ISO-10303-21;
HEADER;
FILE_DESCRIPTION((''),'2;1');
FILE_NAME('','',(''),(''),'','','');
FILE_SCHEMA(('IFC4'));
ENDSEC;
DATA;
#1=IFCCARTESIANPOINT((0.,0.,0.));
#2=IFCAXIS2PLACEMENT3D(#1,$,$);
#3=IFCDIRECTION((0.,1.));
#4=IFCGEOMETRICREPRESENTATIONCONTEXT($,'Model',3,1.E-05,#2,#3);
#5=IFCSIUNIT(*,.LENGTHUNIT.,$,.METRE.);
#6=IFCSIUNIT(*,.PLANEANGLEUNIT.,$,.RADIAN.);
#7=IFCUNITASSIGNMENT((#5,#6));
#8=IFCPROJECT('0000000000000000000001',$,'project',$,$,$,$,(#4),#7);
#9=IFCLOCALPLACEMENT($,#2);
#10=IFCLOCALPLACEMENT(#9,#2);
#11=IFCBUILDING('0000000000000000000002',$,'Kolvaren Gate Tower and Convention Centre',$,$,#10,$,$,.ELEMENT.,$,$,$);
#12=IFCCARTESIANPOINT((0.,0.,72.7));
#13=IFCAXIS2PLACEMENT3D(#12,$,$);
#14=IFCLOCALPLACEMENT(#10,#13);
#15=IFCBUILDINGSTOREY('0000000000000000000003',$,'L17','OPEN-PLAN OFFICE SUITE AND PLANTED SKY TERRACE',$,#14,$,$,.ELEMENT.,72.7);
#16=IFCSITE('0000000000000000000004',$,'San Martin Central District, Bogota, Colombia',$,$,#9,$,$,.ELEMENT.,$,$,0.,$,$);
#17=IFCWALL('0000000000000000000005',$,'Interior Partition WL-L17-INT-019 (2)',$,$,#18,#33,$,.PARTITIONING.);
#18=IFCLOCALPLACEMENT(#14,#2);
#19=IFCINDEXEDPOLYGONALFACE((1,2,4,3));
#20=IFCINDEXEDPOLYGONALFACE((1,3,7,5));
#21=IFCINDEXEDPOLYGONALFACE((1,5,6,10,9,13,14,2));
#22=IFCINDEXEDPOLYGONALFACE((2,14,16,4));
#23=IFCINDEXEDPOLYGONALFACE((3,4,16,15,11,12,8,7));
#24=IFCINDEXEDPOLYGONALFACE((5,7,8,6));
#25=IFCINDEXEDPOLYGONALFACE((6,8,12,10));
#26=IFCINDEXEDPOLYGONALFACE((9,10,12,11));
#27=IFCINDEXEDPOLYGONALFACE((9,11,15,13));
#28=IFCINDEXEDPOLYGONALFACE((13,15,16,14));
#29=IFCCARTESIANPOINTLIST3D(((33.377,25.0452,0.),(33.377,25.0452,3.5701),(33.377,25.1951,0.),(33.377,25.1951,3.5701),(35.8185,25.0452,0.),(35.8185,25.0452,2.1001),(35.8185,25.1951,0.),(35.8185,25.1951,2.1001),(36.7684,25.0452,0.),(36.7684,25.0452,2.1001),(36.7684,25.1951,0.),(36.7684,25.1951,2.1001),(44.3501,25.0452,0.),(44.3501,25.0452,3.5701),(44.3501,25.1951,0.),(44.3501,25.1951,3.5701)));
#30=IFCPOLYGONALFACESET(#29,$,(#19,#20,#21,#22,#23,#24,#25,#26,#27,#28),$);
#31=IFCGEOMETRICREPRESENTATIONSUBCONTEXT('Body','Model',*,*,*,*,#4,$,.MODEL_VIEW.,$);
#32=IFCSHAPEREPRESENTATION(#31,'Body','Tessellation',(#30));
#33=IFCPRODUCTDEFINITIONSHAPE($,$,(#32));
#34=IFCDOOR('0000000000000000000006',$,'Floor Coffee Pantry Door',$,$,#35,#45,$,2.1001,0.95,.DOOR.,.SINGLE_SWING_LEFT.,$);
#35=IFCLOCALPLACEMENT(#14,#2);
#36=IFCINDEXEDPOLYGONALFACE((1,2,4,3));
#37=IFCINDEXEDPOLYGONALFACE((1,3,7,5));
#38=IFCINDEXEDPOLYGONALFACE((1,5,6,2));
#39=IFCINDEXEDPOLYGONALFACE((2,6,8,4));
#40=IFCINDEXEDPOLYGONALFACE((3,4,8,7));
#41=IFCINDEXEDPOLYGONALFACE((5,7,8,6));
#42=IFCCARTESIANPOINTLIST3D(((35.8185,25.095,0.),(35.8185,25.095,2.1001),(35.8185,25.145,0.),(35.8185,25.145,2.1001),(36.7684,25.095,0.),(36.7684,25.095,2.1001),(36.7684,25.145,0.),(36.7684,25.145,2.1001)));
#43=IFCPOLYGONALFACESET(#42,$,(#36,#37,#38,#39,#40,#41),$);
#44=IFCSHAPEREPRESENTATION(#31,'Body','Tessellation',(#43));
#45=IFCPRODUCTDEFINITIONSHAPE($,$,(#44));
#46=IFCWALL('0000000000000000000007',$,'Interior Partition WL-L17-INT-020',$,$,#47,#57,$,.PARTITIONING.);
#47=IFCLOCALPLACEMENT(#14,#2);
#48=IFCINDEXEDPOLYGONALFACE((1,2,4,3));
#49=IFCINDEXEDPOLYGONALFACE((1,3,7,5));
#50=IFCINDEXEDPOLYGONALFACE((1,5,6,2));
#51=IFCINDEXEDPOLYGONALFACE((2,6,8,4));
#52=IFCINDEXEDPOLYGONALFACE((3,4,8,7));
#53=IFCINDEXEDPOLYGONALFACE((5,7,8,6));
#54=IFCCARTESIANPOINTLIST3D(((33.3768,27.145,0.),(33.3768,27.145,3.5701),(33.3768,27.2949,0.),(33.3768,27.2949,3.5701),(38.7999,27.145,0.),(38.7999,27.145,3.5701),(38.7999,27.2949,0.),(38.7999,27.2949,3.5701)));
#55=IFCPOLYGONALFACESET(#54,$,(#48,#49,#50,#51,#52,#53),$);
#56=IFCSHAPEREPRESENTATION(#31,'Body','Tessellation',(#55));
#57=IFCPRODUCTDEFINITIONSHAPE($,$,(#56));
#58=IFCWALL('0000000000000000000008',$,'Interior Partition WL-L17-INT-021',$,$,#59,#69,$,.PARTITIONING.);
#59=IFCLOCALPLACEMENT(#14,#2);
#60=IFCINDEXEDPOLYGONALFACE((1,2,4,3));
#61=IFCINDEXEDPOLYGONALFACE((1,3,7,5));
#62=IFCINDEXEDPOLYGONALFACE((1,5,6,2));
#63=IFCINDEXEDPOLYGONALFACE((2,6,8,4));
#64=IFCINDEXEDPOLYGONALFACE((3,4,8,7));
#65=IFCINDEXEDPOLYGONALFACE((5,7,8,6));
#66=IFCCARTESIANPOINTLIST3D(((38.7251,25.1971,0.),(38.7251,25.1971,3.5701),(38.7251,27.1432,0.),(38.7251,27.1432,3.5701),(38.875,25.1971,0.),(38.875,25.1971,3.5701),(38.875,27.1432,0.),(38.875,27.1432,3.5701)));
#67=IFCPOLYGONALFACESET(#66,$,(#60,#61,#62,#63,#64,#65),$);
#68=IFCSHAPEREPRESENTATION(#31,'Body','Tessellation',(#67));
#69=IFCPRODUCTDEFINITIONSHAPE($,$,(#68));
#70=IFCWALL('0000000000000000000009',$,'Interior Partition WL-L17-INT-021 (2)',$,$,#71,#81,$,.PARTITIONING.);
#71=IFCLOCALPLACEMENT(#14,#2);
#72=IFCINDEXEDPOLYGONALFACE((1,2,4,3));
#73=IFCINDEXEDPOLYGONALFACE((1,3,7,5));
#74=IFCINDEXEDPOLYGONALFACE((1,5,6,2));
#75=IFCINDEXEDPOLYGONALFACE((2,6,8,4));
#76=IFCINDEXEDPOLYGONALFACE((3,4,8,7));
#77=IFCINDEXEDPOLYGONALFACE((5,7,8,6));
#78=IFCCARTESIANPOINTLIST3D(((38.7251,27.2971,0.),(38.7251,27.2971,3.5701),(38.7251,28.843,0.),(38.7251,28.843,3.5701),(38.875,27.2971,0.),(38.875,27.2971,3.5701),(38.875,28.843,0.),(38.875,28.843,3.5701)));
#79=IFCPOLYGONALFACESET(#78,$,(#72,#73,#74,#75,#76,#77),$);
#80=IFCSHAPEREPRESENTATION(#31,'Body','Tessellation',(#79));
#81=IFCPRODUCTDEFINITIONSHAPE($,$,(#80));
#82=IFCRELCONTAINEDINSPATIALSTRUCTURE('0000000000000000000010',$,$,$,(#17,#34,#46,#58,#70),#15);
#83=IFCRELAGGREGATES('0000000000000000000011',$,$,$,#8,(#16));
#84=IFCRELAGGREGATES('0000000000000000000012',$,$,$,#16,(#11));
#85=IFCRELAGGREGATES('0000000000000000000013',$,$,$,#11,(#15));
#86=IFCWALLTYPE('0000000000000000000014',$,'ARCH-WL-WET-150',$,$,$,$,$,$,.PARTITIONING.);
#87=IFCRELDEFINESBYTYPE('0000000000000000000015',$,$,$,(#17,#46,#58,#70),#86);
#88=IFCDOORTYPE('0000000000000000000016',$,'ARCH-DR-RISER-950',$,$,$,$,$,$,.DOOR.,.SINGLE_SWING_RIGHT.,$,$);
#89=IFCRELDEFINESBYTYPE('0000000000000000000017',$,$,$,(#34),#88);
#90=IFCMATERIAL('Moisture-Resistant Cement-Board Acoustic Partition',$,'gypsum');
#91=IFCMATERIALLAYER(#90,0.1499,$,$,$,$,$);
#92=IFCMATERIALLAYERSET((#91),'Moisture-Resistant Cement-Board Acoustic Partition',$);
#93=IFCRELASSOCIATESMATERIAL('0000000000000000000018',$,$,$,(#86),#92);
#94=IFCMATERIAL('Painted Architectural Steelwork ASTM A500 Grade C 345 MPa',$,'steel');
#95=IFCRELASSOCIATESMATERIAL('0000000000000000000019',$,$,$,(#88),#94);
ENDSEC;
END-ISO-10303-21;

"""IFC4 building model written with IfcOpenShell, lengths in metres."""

from ifc_helpers import new_model, si_unit, direction, frame, frame_2d, origin, place, context, subcontext, project, spatial, rectangle, extrude, material, layer, layer_set, type_object, element, fill, save


model = new_model("IFC4")

# Units and contexts
model_context = context("Model", 3, precision=1e-05, world=origin(), true_north=direction((0.0, 1.0)))
body_context = subcontext(model_context, "Body", "Model", "MODEL_VIEW")
ifc_project = project(units=[si_unit("LENGTHUNIT", "METRE"), si_unit("PLANEANGLEUNIT", "RADIAN")], contexts=[model_context])

# Site, building, storey
site_placement = place(None, origin())
site = spatial("IfcSite", under=ifc_project, at=site_placement, Name="San Martin Central District, Bogota, Colombia", CompositionType="ELEMENT", RefElevation=0.0)
building_placement = place(site_placement, origin())
building = spatial("IfcBuilding", under=site, at=building_placement, Name="Kolvaren Gate Tower and Convention Centre", CompositionType="ELEMENT")
storey_placement = place(building_placement, frame((0.0, 0.0, 72.7)))
storey = spatial("IfcBuildingStorey", under=building, at=storey_placement, Name="L17", Description="OPEN-PLAN OFFICE SUITE AND PLANTED SKY TERRACE", CompositionType="ELEMENT", Elevation=72.7)

# Shared definitions
ifc_material_1 = material(Name="Moisture-Resistant Cement-Board Acoustic Partition", Category="gypsum")
ifc_layer_1 = layer(ifc_material_1, 0.1499)
ifc_layer_set_1 = layer_set([ifc_layer_1], Name="Moisture-Resistant Cement-Board Acoustic Partition")
wall_type_1 = type_object("IfcWallType", Name="ARCH-WL-WET-150", PredefinedType="PARTITIONING", material=ifc_layer_set_1)

# Shared definitions
ifc_material_2 = material(Name="Painted Architectural Steelwork ASTM A500 Grade C 345 MPa", Category="steel")
door_type_1 = type_object("IfcDoorType", Name="ARCH-DR-RISER-950", OperationType="SINGLE_SWING_RIGHT", PredefinedType="DOOR", material=ifc_material_2)

# Wall, opening, door
wall_1_placement = place(storey_placement, frame((33.377, 25.1201, 0.0), z_axis=(0.0, 0.0, 1.0), x_axis=(1.0, 0.0, 0.0)))
wall_1 = element("IfcWall", 1, at=wall_1_placement, inside=storey, type_object=wall_type_1, Name="Interior Partition WL-L17-INT-019 (2)", PredefinedType="PARTITIONING", context=body_context, shape_type="SweptSolid", body=[
    extrude(rectangle(XDim=10.9731, YDim=0.1499, at=frame_2d((5.4866, 0.0))), origin(), (0.0, 0.0, 1.0), 3.5701),
])
opening_1_placement = place(wall_1_placement, frame((2.4414, 0.0, 0.0)))
opening_1 = element("IfcOpeningElement", 2, at=opening_1_placement, cuts=wall_1, PredefinedType="OPENING", context=body_context, shape_type="SweptSolid", body=[
    extrude(rectangle(XDim=0.95, YDim=2.1001, at=frame_2d((0.4751, 1.05))), frame((0.0, 0.085, 0.0), z_axis=(0.0, -1.0, 0.0), x_axis=(1.0, 0.0, 0.0)), (0.0, 0.0, 1.0), 0.1699),
])
door_1_placement = place(opening_1_placement, origin())
door_1 = element("IfcDoor", 3, at=door_1_placement, inside=storey, type_object=door_type_1, Name="Floor Coffee Pantry Door", OperationType="SINGLE_SWING_LEFT", OverallHeight=2.1001, OverallWidth=0.95, PredefinedType="DOOR", context=body_context, shape_type="SweptSolid", body=[
    extrude(rectangle(XDim=0.95, YDim=2.1001, at=frame_2d((0.4751, 1.05))), frame((0.0, 0.0249, 0.0), z_axis=(0.0, -1.0, 0.0), x_axis=(1.0, 0.0, 0.0)), (0.0, 0.0, 1.0), 0.05),
])
fill(opening_1, door_1)

# Walls
wall_2_placement = place(storey_placement, frame((33.377, 27.22, 0.0), z_axis=(0.0, 0.0, 1.0), x_axis=(1.0, 0.0, 0.0)))
element("IfcWall", 4, at=wall_2_placement, inside=storey, type_object=wall_type_1, Name="Interior Partition WL-L17-INT-020", PredefinedType="PARTITIONING", context=body_context, shape_type="SweptSolid", body=[
    extrude(rectangle(XDim=5.4231, YDim=0.1499, at=frame_2d((2.7114, 0.0))), origin(), (0.0, 0.0, 1.0), 3.5701),
])
wall_3_placement = place(storey_placement, frame((38.8, 25.197, 0.0), z_axis=(0.0, 0.0, 1.0), x_axis=(0.0, 1.0, 0.0)))
element("IfcWall", 5, at=wall_3_placement, inside=storey, type_object=wall_type_1, Name="Interior Partition WL-L17-INT-021", PredefinedType="PARTITIONING", context=body_context, shape_type="SweptSolid", body=[
    extrude(rectangle(XDim=1.946, YDim=0.1499, at=frame_2d((0.9731, 0.0))), origin(), (0.0, 0.0, 1.0), 3.5701),
])
wall_4_placement = place(storey_placement, frame((38.8, 27.2971, 0.0), z_axis=(0.0, 0.0, 1.0), x_axis=(0.0, 1.0, 0.0)))
element("IfcWall", 6, at=wall_4_placement, inside=storey, type_object=wall_type_1, Name="Interior Partition WL-L17-INT-021 (2)", PredefinedType="PARTITIONING", context=body_context, shape_type="SweptSolid", body=[
    extrude(rectangle(XDim=1.5459, YDim=0.1499, at=frame_2d((0.7729, 0.0))), origin(), (0.0, 0.0, 1.0), 3.5701),
])

save(model, "model.ifc")
